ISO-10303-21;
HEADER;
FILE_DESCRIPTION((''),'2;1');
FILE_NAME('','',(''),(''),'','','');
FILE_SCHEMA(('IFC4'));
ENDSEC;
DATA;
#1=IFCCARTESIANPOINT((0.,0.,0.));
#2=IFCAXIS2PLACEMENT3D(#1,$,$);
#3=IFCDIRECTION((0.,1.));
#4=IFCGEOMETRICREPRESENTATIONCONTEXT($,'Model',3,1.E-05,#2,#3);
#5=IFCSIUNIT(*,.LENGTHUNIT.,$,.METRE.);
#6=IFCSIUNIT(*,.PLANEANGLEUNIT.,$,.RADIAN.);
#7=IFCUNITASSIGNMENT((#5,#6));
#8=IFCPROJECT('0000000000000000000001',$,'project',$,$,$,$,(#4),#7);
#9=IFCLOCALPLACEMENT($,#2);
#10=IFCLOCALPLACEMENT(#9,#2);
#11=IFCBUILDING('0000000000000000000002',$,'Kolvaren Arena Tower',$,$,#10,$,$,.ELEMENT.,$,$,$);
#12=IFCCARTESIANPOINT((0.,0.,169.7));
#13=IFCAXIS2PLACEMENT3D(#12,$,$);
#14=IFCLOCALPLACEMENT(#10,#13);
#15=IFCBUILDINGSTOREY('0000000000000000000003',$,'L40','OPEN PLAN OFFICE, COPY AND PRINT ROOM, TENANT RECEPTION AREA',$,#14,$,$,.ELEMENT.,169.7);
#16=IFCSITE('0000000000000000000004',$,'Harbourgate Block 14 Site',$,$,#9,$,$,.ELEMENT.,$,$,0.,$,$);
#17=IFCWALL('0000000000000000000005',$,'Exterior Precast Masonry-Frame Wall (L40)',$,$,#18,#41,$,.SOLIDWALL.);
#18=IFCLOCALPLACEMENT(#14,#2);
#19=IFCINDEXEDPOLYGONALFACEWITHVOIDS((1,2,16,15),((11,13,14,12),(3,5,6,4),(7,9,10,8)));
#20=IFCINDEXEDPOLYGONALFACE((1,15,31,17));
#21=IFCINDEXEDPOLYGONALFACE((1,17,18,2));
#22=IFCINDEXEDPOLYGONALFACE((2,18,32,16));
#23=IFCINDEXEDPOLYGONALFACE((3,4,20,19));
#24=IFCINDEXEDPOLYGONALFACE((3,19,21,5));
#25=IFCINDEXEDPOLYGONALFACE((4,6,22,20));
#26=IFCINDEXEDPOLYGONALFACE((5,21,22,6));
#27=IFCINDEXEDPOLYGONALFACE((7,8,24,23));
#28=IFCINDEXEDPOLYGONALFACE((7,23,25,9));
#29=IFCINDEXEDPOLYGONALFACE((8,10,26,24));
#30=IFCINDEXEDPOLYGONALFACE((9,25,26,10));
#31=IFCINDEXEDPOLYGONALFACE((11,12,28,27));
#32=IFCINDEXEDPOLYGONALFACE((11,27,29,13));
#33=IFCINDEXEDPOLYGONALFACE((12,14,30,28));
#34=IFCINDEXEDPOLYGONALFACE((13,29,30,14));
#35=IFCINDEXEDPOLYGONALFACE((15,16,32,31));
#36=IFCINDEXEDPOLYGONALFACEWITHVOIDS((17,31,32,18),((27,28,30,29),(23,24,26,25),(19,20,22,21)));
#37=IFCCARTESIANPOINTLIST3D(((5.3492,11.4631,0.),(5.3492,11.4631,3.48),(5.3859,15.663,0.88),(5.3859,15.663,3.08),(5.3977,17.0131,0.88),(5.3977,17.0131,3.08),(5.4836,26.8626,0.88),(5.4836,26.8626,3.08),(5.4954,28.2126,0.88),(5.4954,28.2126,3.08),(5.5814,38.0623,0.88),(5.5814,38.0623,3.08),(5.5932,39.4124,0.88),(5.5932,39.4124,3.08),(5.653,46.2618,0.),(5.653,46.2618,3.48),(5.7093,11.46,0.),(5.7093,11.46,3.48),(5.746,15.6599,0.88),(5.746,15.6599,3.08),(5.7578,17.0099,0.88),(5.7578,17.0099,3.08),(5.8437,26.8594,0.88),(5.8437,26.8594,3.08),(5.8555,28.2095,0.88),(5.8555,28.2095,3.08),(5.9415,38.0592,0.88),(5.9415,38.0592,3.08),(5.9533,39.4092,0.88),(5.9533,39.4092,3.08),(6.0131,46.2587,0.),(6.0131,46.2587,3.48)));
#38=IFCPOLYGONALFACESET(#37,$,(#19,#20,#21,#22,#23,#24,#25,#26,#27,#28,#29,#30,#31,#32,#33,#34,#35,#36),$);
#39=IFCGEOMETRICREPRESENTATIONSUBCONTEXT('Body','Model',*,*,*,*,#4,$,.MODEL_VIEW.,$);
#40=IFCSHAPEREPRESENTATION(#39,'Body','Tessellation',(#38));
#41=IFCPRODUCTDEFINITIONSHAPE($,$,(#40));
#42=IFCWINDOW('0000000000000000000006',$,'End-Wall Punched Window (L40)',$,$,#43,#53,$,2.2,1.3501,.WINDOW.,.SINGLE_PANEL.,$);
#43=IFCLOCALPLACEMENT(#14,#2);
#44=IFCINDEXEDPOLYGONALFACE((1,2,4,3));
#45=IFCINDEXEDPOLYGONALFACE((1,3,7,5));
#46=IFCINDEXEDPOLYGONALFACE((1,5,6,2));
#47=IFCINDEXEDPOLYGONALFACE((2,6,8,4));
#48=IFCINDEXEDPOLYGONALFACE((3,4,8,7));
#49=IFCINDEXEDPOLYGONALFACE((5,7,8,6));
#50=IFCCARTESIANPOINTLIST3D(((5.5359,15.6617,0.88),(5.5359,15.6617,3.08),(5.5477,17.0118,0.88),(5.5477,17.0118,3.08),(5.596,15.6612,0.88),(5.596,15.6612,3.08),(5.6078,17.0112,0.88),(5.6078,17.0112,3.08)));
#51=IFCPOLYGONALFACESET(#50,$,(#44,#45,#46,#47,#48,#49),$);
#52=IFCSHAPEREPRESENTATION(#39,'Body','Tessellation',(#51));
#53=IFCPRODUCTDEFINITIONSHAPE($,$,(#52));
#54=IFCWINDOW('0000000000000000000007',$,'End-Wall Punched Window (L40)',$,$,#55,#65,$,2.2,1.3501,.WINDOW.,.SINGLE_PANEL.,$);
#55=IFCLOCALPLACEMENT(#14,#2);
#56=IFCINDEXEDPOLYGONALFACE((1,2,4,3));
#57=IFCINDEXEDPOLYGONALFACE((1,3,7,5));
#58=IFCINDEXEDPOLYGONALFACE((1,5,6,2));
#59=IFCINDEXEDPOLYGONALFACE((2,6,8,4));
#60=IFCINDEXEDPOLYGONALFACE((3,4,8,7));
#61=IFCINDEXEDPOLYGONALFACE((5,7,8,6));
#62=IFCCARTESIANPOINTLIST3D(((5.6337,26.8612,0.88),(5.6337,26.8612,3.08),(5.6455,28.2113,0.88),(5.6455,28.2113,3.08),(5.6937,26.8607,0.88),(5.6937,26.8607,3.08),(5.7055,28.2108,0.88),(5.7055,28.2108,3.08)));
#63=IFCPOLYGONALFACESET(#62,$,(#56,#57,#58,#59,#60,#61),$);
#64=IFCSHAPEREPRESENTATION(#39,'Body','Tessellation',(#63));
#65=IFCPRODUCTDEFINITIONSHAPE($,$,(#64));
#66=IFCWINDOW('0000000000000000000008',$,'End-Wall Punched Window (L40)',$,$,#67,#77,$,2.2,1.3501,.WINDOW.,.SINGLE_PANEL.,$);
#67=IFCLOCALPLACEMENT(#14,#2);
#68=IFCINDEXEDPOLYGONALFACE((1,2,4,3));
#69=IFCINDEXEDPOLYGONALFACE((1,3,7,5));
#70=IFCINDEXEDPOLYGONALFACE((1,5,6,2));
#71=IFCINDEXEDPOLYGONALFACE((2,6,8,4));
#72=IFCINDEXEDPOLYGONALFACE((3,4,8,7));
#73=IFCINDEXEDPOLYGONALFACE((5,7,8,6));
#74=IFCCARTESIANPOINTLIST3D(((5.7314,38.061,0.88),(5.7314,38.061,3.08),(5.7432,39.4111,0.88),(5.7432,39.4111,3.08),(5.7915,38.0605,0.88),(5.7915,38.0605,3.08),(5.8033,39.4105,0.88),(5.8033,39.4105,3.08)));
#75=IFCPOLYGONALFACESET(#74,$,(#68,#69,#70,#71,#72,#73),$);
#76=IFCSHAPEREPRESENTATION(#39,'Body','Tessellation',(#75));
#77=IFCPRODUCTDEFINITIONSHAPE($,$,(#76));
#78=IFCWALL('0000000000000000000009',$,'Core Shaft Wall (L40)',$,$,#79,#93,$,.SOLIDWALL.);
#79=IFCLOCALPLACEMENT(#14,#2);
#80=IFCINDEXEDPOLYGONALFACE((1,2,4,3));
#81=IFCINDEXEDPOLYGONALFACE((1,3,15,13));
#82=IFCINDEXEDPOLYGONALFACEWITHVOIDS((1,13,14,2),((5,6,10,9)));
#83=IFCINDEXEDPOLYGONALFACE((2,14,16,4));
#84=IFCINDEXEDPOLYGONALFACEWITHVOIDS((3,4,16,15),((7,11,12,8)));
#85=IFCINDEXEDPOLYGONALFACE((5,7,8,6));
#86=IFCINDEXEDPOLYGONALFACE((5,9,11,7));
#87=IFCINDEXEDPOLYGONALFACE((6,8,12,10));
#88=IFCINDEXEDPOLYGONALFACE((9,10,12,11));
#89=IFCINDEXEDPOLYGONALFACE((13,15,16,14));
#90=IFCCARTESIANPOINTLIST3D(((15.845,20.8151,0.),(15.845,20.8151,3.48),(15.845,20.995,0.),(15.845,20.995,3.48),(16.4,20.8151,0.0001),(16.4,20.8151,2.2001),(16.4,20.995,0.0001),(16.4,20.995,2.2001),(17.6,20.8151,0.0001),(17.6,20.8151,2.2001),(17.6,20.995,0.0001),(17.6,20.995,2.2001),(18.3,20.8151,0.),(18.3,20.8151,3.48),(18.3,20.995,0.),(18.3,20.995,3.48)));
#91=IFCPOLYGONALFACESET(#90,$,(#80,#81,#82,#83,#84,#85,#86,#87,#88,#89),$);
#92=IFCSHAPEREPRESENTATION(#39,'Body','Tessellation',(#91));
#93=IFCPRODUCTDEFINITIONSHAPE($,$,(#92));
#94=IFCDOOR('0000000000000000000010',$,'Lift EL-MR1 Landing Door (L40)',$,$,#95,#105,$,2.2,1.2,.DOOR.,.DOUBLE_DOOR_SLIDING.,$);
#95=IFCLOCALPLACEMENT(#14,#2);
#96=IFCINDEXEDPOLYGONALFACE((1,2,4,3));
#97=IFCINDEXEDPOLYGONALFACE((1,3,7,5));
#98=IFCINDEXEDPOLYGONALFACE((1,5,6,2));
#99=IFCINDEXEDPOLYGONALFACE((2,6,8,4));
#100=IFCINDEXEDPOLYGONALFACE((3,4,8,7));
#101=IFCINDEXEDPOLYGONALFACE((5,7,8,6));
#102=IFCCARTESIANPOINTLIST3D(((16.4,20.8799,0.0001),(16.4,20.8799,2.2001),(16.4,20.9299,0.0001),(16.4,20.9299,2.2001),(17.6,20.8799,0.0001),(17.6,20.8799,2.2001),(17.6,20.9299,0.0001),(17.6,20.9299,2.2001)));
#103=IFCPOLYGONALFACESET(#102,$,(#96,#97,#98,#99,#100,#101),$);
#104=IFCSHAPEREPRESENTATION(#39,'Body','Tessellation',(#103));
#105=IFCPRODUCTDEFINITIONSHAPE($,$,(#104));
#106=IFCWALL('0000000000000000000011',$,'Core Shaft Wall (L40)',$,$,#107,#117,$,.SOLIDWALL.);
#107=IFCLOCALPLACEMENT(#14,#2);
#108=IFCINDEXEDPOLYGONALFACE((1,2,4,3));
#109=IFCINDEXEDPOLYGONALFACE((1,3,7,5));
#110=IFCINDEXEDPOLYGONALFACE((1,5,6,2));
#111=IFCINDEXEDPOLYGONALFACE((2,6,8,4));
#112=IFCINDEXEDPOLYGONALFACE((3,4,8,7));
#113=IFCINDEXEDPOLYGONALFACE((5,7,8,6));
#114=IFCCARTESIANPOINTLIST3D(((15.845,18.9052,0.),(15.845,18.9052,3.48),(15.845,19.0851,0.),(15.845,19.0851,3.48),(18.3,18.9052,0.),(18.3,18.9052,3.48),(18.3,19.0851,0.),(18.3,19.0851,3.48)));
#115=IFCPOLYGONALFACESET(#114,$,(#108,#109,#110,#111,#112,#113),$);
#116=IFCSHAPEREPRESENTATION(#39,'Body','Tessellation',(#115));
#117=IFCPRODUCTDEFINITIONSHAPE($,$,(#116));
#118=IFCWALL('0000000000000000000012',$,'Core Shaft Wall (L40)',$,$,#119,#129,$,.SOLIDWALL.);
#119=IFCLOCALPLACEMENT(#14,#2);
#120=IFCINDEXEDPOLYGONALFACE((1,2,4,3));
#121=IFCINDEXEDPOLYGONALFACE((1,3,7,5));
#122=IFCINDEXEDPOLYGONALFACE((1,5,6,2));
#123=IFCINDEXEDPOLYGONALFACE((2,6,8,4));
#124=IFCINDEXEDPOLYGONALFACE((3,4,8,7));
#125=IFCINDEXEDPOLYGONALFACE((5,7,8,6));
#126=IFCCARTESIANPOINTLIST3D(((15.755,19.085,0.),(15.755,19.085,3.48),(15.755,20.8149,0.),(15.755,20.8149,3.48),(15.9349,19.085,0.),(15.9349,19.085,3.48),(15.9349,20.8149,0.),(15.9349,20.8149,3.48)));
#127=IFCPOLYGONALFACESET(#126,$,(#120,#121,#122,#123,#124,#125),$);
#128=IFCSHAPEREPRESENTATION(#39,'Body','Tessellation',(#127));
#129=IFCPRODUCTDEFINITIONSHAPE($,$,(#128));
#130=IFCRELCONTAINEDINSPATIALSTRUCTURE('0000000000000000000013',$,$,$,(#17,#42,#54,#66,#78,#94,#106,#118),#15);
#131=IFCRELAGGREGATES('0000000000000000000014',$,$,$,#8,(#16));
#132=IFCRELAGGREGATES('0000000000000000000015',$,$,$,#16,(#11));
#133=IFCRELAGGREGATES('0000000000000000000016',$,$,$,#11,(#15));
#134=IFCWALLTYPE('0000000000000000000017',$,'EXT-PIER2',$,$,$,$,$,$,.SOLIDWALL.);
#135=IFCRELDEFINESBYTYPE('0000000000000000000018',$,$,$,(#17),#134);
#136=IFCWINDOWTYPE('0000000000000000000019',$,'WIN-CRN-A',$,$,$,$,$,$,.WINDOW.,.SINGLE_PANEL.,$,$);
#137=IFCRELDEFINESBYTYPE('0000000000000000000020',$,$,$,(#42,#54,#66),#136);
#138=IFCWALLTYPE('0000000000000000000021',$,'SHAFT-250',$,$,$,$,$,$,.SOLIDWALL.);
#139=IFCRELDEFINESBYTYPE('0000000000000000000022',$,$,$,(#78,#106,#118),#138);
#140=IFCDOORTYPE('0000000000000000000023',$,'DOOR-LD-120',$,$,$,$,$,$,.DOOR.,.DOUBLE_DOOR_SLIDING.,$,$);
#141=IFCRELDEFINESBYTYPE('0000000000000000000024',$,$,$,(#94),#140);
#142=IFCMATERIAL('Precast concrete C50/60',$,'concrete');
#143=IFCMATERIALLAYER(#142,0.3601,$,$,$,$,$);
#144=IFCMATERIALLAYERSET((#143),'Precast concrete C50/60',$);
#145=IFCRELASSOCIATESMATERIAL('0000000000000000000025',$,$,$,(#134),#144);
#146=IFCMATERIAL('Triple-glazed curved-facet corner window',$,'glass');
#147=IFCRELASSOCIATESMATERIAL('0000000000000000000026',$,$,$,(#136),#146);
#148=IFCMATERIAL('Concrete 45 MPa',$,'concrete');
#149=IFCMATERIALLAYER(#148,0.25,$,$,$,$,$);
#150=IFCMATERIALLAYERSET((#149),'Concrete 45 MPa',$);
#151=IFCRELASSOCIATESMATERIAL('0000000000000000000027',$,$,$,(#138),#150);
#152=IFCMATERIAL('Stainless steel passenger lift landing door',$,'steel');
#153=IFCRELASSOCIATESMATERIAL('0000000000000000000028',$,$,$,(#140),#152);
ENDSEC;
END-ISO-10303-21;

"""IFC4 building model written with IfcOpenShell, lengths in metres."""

from ifc_helpers import new_model, si_unit, direction, frame, frame_2d, origin, place, context, subcontext, project, spatial, rectangle, extrude, material, layer, layer_set, type_object, element, fill, save


model = new_model("IFC4")

# Units and contexts
model_context = context("Model", 3, precision=1e-05, world=origin(), true_north=direction((0.0, 1.0)))
body_context = subcontext(model_context, "Body", "Model", "MODEL_VIEW")
ifc_project = project(units=[si_unit("LENGTHUNIT", "METRE"), si_unit("PLANEANGLEUNIT", "RADIAN")], contexts=[model_context])

# Site, building, storey
site_placement = place(None, origin())
site = spatial("IfcSite", under=ifc_project, at=site_placement, Name="Harbourgate Block 14 Site", CompositionType="ELEMENT", RefElevation=0.0)
building_placement = place(site_placement, origin())
building = spatial("IfcBuilding", under=site, at=building_placement, Name="Kolvaren Arena Tower", CompositionType="ELEMENT")
storey_placement = place(building_placement, frame((0.0, 0.0, 169.7)))
storey = spatial("IfcBuildingStorey", under=building, at=storey_placement, Name="L40", Description="OPEN PLAN OFFICE, COPY AND PRINT ROOM, TENANT RECEPTION AREA", CompositionType="ELEMENT", Elevation=169.7)

# Wall, openings, windows
ifc_material_1 = material(Name="Precast concrete C50/60", Category="concrete")
ifc_layer_1 = layer(ifc_material_1, 0.3601)
ifc_layer_set_1 = layer_set([ifc_layer_1], Name="Precast concrete C50/60")
wall_type_1 = type_object("IfcWallType", Name="EXT-PIER2", PredefinedType="SOLIDWALL", material=ifc_layer_set_1)
wall_1_placement = place(storey_placement, frame((5.5293, 11.4617, 0.0), z_axis=(0.0, 0.0, 1.0), x_axis=(0.008727, 0.999962, 0.0)))
wall_1 = element("IfcWall", 1, at=wall_1_placement, inside=storey, type_object=wall_type_1, Name="Exterior Precast Masonry-Frame Wall (L40)", PredefinedType="SOLIDWALL", context=body_context, shape_type="SweptSolid", body=[
    extrude(rectangle(XDim=34.8, YDim=0.3601, at=frame_2d((17.3999, 0.0))), origin(), (0.0, 0.0, 1.0), 3.48),
])
opening_1_placement = place(wall_1_placement, frame((4.2, 0.0, 0.8799)))
opening_1 = element("IfcOpeningElement", 2, at=opening_1_placement, cuts=wall_1, PredefinedType="OPENING", context=body_context, shape_type="SweptSolid", body=[
    extrude(rectangle(XDim=1.3501, YDim=2.2, at=frame_2d((0.675, 1.1001))), frame((0.0, 0.1899, 0.0), z_axis=(0.0, -1.0, 0.0), x_axis=(1.0, 0.0, 0.0)), (0.0, 0.0, 1.0), 0.3801),
])
opening_2_placement = place(wall_1_placement, frame((15.3999, 0.0, 0.8799)))
opening_2 = element("IfcOpeningElement", 3, at=opening_2_placement, cuts=wall_1, PredefinedType="OPENING", context=body_context, shape_type="SweptSolid", body=[
    extrude(rectangle(XDim=1.3501, YDim=2.2, at=frame_2d((0.675, 1.1001))), frame((0.0, 0.1899, 0.0), z_axis=(0.0, -1.0, 0.0), x_axis=(1.0, 0.0, 0.0)), (0.0, 0.0, 1.0), 0.3801),
])
opening_3_placement = place(wall_1_placement, frame((26.6001, 0.0, 0.8799)))
opening_3 = element("IfcOpeningElement", 4, at=opening_3_placement, cuts=wall_1, PredefinedType="OPENING", context=body_context, shape_type="SweptSolid", body=[
    extrude(rectangle(XDim=1.3501, YDim=2.2, at=frame_2d((0.675, 1.1001))), frame((0.0, 0.1899, 0.0), z_axis=(0.0, -1.0, 0.0), x_axis=(1.0, 0.0, 0.0)), (0.0, 0.0, 1.0), 0.3801),
])
ifc_material_2 = material(Name="Triple-glazed curved-facet corner window", Category="glass")
window_type = type_object("IfcWindowType", Name="WIN-CRN-A", PartitioningType="SINGLE_PANEL", PredefinedType="WINDOW", material=ifc_material_2)
window_1_placement = place(opening_1_placement, origin())
window_1 = element("IfcWindow", 5, at=window_1_placement, inside=storey, type_object=window_type, Name="End-Wall Punched Window (L40)", OverallHeight=2.2, OverallWidth=1.3501, PartitioningType="SINGLE_PANEL", PredefinedType="WINDOW", context=body_context, shape_type="SweptSolid", body=[
    extrude(rectangle(XDim=1.3501, YDim=2.2, at=frame_2d((0.675, 1.1001))), frame((0.0, 0.03, 0.0), z_axis=(0.0, -1.0, 0.0), x_axis=(1.0, 0.0, 0.0)), (0.0, 0.0, 1.0), 0.0601),
])
fill(opening_1, window_1)
window_2_placement = place(opening_2_placement, origin())
window_2 = element("IfcWindow", 6, at=window_2_placement, inside=storey, type_object=window_type, Name="End-Wall Punched Window (L40)", OverallHeight=2.2, OverallWidth=1.3501, PartitioningType="SINGLE_PANEL", PredefinedType="WINDOW", context=body_context, shape_type="SweptSolid", body=[
    extrude(rectangle(XDim=1.3501, YDim=2.2, at=frame_2d((0.675, 1.1001))), frame((0.0, 0.03, 0.0), z_axis=(0.0, -1.0, 0.0), x_axis=(1.0, 0.0, 0.0)), (0.0, 0.0, 1.0), 0.0601),
])
fill(opening_2, window_2)
window_3_placement = place(opening_3_placement, origin())
window_3 = element("IfcWindow", 7, at=window_3_placement, inside=storey, type_object=window_type, Name="End-Wall Punched Window (L40)", OverallHeight=2.2, OverallWidth=1.3501, PartitioningType="SINGLE_PANEL", PredefinedType="WINDOW", context=body_context, shape_type="SweptSolid", body=[
    extrude(rectangle(XDim=1.3501, YDim=2.2, at=frame_2d((0.675, 1.1001))), frame((0.0, 0.03, 0.0), z_axis=(0.0, -1.0, 0.0), x_axis=(1.0, 0.0, 0.0)), (0.0, 0.0, 1.0), 0.0601),
])
fill(opening_3, window_3)

# Wall, opening, door
ifc_material_3 = material(Name="Concrete 45 MPa", Category="concrete")
ifc_layer_2 = layer(ifc_material_3, 0.25)
ifc_layer_set_2 = layer_set([ifc_layer_2], Name="Concrete 45 MPa")
wall_type_2 = type_object("IfcWallType", Name="SHAFT-250", PredefinedType="SOLIDWALL", material=ifc_layer_set_2)
wall_2_placement = place(storey_placement, frame((15.845, 20.905, 0.0), z_axis=(0.0, 0.0, 1.0), x_axis=(1.0, 0.0, 0.0)))
wall_2 = element("IfcWall", 8, at=wall_2_placement, inside=storey, type_object=wall_type_2, Name="Core Shaft Wall (L40)", PredefinedType="SOLIDWALL", context=body_context, shape_type="SweptSolid", body=[
    extrude(rectangle(XDim=2.4551, YDim=0.1799, at=frame_2d((1.2275, 0.0))), origin(), (0.0, 0.0, 1.0), 3.48),
])
opening_4_placement = place(wall_2_placement, frame((0.5549, 0.0, 0.0)))
opening_4 = element("IfcOpeningElement", 9, at=opening_4_placement, cuts=wall_2, PredefinedType="OPENING", context=body_context, shape_type="SweptSolid", body=[
    extrude(rectangle(XDim=1.2, YDim=2.2, at=frame_2d((0.6001, 1.1001))), frame((0.0, 0.0999, 0.0), z_axis=(0.0, -1.0, 0.0), x_axis=(1.0, 0.0, 0.0)), (0.0, 0.0, 1.0), 0.2),
])
ifc_material_4 = material(Name="Stainless steel passenger lift landing door", Category="steel")
door_type_1 = type_object("IfcDoorType", Name="DOOR-LD-120", OperationType="DOUBLE_DOOR_SLIDING", PredefinedType="DOOR", material=ifc_material_4)
door_1_placement = place(opening_4_placement, origin())
door_1 = element("IfcDoor", 10, at=door_1_placement, inside=storey, type_object=door_type_1, Name="Lift EL-MR1 Landing Door (L40)", OperationType="DOUBLE_DOOR_SLIDING", OverallHeight=2.2, OverallWidth=1.2, PredefinedType="DOOR", context=body_context, shape_type="SweptSolid", body=[
    extrude(rectangle(XDim=1.2, YDim=2.2, at=frame_2d((0.6001, 1.1001))), frame((0.0, 0.0249, 0.0), z_axis=(0.0, -1.0, 0.0), x_axis=(1.0, 0.0, 0.0)), (0.0, 0.0, 1.0), 0.05),
])
fill(opening_4, door_1)

# Walls
wall_3_placement = place(storey_placement, frame((15.845, 18.9951, 0.0), z_axis=(0.0, 0.0, 1.0), x_axis=(1.0, 0.0, 0.0)))
element("IfcWall", 11, at=wall_3_placement, inside=storey, type_object=wall_type_2, Name="Core Shaft Wall (L40)", PredefinedType="SOLIDWALL", context=body_context, shape_type="SweptSolid", body=[
    extrude(rectangle(XDim=2.4551, YDim=0.1799, at=frame_2d((1.2275, 0.0))), origin(), (0.0, 0.0, 1.0), 3.48),
])
wall_4_placement = place(storey_placement, frame((15.845, 19.085, 0.0), z_axis=(0.0, 0.0, 1.0), x_axis=(0.0, 1.0, 0.0)))
element("IfcWall", 12, at=wall_4_placement, inside=storey, type_object=wall_type_2, Name="Core Shaft Wall (L40)", PredefinedType="SOLIDWALL", context=body_context, shape_type="SweptSolid", body=[
    extrude(rectangle(XDim=1.73, YDim=0.1799, at=frame_2d((0.865, 0.0))), origin(), (0.0, 0.0, 1.0), 3.48),
])

save(model, "model.ifc")
